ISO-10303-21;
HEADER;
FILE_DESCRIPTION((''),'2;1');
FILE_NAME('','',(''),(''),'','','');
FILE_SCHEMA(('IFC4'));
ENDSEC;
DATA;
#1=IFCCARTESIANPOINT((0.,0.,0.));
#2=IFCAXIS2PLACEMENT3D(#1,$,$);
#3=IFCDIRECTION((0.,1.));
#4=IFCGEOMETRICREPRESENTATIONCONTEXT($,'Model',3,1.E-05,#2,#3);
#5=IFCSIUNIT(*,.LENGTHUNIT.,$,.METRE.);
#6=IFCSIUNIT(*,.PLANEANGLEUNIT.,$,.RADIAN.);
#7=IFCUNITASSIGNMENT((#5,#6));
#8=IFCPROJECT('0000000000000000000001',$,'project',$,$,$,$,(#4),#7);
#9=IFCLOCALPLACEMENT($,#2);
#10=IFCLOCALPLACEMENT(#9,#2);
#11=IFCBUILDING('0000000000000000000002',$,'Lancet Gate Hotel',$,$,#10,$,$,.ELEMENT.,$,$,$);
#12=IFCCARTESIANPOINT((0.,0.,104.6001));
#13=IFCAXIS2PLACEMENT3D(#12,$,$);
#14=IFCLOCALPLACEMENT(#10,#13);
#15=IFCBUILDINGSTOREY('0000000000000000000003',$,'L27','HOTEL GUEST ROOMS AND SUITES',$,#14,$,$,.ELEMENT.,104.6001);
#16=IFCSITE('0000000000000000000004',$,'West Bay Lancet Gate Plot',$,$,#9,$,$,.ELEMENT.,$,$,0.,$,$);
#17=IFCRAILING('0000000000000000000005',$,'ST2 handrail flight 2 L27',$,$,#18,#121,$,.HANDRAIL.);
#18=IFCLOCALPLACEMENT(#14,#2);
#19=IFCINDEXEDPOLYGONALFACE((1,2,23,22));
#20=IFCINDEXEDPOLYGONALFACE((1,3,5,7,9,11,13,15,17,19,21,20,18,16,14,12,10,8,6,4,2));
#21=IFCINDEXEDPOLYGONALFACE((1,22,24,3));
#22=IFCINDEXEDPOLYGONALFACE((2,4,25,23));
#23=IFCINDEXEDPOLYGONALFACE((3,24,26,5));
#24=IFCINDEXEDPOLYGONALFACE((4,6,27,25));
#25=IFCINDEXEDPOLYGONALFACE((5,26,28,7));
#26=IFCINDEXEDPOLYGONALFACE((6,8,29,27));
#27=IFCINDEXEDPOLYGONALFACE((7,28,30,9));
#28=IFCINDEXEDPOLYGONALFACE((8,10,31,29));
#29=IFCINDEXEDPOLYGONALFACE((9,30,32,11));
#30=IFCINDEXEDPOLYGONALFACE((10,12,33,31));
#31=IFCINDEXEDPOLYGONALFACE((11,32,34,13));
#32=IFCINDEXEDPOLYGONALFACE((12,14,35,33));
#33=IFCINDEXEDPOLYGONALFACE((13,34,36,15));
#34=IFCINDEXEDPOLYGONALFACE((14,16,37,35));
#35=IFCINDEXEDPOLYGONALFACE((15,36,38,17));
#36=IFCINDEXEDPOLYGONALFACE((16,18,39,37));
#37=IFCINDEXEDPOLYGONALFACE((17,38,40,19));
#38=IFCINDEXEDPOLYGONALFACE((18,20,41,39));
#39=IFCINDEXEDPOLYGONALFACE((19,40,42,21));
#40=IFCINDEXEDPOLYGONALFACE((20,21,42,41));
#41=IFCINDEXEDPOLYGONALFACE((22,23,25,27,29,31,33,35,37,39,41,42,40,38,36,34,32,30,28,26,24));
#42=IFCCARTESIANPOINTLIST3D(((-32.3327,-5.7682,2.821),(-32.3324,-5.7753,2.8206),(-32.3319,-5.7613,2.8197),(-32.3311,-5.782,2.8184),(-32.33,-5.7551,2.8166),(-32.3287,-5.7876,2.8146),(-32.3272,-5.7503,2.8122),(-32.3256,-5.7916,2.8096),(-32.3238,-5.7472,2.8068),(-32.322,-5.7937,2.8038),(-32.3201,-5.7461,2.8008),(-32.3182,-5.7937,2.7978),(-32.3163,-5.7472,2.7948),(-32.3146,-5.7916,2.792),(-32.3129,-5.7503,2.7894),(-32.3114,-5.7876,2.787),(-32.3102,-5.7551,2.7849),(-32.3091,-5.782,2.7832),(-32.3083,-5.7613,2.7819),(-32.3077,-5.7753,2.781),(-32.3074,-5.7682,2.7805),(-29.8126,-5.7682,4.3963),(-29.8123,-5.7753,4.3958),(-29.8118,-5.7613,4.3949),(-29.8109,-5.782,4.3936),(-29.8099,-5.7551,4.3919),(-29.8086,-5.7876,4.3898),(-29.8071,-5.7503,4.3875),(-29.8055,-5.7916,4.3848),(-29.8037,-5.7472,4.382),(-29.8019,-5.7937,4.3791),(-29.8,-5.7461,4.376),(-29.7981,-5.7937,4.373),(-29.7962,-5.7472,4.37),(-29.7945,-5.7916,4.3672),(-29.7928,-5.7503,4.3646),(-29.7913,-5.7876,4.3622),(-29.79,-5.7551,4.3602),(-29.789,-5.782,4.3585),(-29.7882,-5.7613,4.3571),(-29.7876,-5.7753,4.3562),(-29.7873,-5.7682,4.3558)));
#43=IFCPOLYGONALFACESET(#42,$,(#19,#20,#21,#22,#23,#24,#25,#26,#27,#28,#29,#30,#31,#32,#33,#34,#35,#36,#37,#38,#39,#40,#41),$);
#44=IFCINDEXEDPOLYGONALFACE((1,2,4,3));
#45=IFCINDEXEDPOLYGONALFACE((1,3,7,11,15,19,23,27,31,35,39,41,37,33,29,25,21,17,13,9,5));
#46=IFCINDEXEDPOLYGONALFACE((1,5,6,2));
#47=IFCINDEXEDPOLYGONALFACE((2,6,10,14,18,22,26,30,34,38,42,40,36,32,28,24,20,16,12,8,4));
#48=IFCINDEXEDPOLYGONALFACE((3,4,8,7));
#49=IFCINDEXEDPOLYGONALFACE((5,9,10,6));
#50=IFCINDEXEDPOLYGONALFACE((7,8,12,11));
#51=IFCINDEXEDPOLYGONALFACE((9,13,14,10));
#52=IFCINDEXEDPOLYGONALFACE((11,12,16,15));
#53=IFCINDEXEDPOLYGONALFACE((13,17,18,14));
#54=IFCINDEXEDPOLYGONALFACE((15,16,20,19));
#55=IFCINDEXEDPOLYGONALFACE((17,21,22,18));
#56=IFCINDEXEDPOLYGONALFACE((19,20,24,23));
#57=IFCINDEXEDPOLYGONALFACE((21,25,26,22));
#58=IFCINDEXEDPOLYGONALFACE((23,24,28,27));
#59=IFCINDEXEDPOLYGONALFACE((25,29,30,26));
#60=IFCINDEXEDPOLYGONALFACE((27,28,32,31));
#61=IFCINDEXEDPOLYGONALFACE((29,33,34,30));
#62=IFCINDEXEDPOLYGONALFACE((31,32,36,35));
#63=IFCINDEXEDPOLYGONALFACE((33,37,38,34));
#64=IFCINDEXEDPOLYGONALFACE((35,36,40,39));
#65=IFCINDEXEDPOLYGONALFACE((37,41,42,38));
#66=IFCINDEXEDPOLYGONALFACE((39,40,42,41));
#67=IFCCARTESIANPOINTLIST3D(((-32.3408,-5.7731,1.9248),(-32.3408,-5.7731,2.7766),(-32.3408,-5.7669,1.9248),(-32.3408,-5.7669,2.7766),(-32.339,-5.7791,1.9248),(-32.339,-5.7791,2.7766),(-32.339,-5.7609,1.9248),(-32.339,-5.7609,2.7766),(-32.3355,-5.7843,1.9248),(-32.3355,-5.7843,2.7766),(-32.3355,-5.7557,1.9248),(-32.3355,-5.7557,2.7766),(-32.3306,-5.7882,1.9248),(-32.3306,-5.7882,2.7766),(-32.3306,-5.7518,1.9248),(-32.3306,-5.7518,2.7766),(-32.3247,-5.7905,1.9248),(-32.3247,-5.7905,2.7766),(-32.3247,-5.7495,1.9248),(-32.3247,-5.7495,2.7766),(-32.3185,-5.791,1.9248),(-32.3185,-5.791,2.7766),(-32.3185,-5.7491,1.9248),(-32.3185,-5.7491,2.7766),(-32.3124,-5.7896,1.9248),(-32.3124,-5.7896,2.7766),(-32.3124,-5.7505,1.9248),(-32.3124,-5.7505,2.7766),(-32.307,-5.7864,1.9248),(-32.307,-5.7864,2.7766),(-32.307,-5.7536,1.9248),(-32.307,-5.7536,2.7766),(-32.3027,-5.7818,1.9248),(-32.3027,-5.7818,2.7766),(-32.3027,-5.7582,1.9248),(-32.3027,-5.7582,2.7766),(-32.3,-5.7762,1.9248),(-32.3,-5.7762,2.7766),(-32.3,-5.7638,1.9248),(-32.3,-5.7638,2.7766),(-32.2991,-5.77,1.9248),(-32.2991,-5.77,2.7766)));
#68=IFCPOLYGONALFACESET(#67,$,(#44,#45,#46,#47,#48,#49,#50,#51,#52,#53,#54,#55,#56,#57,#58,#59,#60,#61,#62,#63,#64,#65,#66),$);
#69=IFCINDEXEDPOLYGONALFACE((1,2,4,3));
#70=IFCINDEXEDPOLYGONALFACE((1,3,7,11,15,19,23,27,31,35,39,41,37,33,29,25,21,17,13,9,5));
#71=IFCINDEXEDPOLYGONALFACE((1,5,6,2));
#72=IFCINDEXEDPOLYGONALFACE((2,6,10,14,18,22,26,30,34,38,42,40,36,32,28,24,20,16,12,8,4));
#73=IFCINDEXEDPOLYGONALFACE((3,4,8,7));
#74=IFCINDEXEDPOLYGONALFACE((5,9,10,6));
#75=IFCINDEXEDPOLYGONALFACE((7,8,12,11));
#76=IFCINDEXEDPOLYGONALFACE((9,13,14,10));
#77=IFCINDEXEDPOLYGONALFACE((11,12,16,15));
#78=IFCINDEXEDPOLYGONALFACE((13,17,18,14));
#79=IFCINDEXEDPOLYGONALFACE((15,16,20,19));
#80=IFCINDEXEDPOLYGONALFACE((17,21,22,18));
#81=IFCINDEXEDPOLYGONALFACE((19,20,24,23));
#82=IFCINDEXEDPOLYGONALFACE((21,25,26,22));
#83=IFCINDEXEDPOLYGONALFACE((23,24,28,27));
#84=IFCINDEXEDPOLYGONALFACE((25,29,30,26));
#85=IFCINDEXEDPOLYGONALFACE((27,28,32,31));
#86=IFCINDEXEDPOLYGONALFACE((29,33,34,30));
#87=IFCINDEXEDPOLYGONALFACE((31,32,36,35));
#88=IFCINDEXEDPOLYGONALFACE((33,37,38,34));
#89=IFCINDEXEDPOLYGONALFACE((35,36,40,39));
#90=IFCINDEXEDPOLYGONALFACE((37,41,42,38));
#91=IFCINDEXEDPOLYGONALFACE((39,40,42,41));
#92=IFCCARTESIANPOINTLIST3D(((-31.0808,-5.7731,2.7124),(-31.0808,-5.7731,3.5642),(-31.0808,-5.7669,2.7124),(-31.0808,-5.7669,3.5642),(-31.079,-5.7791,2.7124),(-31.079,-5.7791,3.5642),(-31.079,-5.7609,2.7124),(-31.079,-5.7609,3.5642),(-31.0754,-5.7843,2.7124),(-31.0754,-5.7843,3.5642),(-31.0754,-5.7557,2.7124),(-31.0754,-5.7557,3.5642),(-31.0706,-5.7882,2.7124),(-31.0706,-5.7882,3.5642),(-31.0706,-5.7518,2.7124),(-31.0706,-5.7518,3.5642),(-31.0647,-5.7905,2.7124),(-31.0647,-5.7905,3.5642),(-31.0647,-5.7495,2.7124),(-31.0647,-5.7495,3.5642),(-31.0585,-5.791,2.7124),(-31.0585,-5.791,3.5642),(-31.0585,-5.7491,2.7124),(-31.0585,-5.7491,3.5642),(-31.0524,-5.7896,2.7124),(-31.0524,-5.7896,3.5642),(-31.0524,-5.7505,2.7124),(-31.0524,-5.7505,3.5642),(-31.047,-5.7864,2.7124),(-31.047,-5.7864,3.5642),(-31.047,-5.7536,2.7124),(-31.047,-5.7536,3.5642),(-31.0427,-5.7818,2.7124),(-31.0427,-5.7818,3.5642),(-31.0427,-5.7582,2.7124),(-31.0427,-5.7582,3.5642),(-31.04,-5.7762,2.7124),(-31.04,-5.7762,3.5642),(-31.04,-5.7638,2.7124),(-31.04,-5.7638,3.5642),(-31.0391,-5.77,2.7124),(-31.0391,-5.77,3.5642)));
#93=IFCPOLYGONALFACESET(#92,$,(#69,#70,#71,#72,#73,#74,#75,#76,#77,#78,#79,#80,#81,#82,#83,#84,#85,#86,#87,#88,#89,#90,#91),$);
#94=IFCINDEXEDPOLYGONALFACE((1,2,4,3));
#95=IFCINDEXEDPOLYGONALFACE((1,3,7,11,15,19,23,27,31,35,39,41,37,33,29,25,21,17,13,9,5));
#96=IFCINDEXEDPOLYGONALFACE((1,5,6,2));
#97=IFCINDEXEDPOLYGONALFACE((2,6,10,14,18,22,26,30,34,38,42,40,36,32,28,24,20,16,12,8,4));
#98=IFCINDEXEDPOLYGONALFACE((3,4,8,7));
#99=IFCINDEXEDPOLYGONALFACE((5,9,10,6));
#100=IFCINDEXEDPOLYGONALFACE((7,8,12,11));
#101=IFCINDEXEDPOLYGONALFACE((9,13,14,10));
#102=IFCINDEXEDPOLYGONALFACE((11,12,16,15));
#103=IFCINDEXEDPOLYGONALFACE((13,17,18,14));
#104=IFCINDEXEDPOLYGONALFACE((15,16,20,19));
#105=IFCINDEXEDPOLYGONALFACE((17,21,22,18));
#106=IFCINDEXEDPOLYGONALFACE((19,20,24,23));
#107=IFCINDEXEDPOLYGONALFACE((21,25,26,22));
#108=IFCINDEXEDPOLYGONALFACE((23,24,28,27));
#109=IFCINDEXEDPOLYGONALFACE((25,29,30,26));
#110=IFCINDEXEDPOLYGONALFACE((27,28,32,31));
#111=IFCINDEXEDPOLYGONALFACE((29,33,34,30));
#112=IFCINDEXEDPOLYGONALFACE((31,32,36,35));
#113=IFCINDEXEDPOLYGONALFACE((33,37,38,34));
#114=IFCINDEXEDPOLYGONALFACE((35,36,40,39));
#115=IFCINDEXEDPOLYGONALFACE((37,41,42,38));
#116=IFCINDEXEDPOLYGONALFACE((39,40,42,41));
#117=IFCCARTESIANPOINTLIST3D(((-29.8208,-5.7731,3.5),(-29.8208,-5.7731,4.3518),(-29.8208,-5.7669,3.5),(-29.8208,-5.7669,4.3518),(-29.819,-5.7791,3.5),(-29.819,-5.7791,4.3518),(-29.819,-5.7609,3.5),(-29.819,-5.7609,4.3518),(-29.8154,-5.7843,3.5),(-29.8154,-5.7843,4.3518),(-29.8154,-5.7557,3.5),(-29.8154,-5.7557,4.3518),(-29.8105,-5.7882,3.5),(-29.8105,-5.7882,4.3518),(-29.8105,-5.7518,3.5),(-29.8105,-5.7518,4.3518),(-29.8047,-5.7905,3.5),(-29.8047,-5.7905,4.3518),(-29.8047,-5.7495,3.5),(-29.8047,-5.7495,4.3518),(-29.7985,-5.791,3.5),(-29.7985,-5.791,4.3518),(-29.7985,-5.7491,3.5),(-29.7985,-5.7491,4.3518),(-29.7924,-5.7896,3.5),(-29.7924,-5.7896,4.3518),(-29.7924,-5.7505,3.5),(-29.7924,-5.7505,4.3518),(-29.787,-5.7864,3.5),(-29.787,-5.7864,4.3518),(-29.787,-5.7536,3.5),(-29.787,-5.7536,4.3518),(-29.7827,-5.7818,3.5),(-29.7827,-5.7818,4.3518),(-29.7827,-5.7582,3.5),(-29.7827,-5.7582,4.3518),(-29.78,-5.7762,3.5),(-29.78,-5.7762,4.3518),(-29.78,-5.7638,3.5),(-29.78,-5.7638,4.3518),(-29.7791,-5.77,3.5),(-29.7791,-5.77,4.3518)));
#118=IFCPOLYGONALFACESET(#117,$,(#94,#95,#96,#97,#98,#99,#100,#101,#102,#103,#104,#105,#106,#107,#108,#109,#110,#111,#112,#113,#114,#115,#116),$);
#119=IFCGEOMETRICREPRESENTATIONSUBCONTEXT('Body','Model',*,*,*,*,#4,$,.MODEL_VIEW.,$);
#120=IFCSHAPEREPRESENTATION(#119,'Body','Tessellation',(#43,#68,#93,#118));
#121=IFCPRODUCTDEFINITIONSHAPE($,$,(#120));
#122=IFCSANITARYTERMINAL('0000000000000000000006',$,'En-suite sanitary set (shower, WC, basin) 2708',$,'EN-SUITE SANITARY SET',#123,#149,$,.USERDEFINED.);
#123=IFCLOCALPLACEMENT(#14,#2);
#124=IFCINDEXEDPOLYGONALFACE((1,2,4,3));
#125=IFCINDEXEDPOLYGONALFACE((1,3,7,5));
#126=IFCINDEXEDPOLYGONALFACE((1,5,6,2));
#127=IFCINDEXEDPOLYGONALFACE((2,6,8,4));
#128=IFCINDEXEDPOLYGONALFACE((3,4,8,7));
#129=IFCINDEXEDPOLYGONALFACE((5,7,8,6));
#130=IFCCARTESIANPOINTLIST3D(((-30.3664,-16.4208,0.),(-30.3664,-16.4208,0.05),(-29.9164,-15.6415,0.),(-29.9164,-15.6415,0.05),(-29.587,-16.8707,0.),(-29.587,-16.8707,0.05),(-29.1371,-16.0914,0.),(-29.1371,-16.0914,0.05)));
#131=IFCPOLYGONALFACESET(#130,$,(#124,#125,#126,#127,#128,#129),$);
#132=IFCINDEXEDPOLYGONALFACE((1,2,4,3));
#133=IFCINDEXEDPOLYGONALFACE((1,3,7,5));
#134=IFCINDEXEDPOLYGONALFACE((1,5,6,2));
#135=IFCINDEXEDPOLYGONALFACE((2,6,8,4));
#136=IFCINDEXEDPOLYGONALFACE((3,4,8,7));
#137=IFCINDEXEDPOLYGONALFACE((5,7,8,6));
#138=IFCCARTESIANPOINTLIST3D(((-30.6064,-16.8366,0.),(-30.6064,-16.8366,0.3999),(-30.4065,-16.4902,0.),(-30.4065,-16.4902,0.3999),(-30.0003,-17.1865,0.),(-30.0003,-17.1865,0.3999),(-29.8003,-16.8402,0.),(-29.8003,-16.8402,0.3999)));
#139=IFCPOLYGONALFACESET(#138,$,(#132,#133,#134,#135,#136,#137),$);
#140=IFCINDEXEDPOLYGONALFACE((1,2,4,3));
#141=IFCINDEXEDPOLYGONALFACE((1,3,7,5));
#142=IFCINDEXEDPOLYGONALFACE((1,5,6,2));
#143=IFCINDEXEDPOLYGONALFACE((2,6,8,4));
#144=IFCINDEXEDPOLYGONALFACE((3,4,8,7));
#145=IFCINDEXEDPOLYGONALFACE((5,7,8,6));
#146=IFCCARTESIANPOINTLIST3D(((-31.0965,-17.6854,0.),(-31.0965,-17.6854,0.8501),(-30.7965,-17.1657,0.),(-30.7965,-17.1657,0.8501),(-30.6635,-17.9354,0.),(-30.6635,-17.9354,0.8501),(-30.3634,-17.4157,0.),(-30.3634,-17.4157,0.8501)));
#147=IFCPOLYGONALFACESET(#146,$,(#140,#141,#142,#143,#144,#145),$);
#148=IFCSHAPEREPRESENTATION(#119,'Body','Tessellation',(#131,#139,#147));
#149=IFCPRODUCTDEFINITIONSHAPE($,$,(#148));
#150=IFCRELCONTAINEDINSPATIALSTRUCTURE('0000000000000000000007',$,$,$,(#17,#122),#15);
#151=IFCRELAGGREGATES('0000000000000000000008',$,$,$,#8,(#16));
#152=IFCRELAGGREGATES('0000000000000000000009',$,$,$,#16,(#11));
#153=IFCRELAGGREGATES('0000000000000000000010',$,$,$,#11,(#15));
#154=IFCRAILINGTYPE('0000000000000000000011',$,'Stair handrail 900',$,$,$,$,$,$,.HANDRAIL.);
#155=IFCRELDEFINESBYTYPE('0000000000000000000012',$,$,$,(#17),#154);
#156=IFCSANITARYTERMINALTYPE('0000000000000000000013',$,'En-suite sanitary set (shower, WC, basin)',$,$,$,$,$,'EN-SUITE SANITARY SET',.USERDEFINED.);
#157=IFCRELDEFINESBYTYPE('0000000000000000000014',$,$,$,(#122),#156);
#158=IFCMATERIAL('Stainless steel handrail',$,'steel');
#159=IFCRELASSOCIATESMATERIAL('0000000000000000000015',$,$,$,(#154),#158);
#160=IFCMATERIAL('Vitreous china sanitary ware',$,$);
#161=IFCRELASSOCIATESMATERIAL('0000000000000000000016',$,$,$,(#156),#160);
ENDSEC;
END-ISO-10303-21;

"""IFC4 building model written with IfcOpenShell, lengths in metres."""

from ifc_helpers import new_model, si_unit, direction, frame, origin, origin_2d, place, context, subcontext, project, spatial, rectangle, circle, extrude, material, type_object, element, save


model = new_model("IFC4")

# Units and contexts
model_context = context("Model", 3, precision=1e-05, world=origin(), true_north=direction((0.0, 1.0)))
body_context = subcontext(model_context, "Body", "Model", "MODEL_VIEW")
ifc_project = project(units=[si_unit("LENGTHUNIT", "METRE"), si_unit("PLANEANGLEUNIT", "RADIAN")], contexts=[model_context])

# Site, building, storey
site_placement = place(None, origin())
site = spatial("IfcSite", under=ifc_project, at=site_placement, Name="West Bay Lancet Gate Plot", CompositionType="ELEMENT", RefElevation=0.0)
building_placement = place(site_placement, origin())
building = spatial("IfcBuilding", under=site, at=building_placement, Name="Lancet Gate Hotel", CompositionType="ELEMENT")
storey_placement = place(building_placement, frame((0.0, 0.0, 104.6001)))
storey = spatial("IfcBuildingStorey", under=building, at=storey_placement, Name="L27", Description="HOTEL GUEST ROOMS AND SUITES", CompositionType="ELEMENT", Elevation=104.6001)

# Railing
ifc_material_1 = material(Name="Stainless steel handrail", Category="steel")
railing_type = type_object("IfcRailingType", Name="Stair handrail 900", PredefinedType="HANDRAIL", material=ifc_material_1)
railing_1_placement = place(storey_placement, frame((-32.3201, -5.77, 1.9248)))
element("IfcRailing", 1, at=railing_1_placement, inside=storey, type_object=railing_type, Name="ST2 handrail flight 2 L27", PredefinedType="HANDRAIL", context=body_context, shape_type="SweptSolid", body=[
    extrude(circle(Radius=0.0239, at=origin_2d()), frame((0.0, 0.0, 0.876), z_axis=(0.847971, 0.0, 0.530043), x_axis=(0.0, 1.0, 0.0)), (0.0, 0.0, 1.0), 2.9719),
    extrude(circle(Radius=0.021, at=origin_2d()), origin(), (0.0, 0.0, 1.0), 0.8518),
    extrude(circle(Radius=0.021, at=origin_2d()), frame((1.26, 0.0, 0.7876)), (0.0, 0.0, 1.0), 0.8518),
    extrude(circle(Radius=0.021, at=origin_2d()), frame((2.52, 0.0, 1.5752)), (0.0, 0.0, 1.0), 0.8518),
])

# Sanitary terminal
ifc_material_2 = material(Name="Vitreous china sanitary ware")
sanitary_terminal_type = type_object("IfcSanitaryTerminalType", Name="En-suite sanitary set (shower, WC, basin)", ElementType="EN-SUITE SANITARY SET", PredefinedType="USERDEFINED", material=ifc_material_2)
sanitary_terminal_placement = place(storey_placement, frame((-29.7517, -16.2561, 0.0), z_axis=(0.0, 0.0, 1.0), x_axis=(1.0, 0.0, 0.0)))
element("IfcSanitaryTerminal", 2, at=sanitary_terminal_placement, inside=storey, type_object=sanitary_terminal_type, Name="En-suite sanitary set (shower, WC, basin) 2708", ObjectType="EN-SUITE SANITARY SET", PredefinedType="USERDEFINED", context=body_context, shape_type="SweptSolid", body=[
    extrude(rectangle(XDim=0.8999, YDim=0.8999, at=origin_2d()), frame((0.0, 0.0, 0.0), z_axis=(0.0, 0.0, 1.0), x_axis=(0.5, 0.866025, 0.0)), (0.0, 0.0, 1.0), 0.05),
    extrude(rectangle(XDim=0.3999, YDim=0.7, at=origin_2d()), frame((-0.4517, -0.5823, 0.0), z_axis=(0.0, 0.0, 1.0), x_axis=(0.5, 0.866025, 0.0)), (0.0, 0.0, 1.0), 0.3999),
    extrude(rectangle(XDim=0.6001, YDim=0.5, at=origin_2d()), frame((-0.9783, -1.2944, 0.0), z_axis=(0.0, 0.0, 1.0), x_axis=(0.5, 0.866025, 0.0)), (0.0, 0.0, 1.0), 0.8501),
])

save(model, "model.ifc")
